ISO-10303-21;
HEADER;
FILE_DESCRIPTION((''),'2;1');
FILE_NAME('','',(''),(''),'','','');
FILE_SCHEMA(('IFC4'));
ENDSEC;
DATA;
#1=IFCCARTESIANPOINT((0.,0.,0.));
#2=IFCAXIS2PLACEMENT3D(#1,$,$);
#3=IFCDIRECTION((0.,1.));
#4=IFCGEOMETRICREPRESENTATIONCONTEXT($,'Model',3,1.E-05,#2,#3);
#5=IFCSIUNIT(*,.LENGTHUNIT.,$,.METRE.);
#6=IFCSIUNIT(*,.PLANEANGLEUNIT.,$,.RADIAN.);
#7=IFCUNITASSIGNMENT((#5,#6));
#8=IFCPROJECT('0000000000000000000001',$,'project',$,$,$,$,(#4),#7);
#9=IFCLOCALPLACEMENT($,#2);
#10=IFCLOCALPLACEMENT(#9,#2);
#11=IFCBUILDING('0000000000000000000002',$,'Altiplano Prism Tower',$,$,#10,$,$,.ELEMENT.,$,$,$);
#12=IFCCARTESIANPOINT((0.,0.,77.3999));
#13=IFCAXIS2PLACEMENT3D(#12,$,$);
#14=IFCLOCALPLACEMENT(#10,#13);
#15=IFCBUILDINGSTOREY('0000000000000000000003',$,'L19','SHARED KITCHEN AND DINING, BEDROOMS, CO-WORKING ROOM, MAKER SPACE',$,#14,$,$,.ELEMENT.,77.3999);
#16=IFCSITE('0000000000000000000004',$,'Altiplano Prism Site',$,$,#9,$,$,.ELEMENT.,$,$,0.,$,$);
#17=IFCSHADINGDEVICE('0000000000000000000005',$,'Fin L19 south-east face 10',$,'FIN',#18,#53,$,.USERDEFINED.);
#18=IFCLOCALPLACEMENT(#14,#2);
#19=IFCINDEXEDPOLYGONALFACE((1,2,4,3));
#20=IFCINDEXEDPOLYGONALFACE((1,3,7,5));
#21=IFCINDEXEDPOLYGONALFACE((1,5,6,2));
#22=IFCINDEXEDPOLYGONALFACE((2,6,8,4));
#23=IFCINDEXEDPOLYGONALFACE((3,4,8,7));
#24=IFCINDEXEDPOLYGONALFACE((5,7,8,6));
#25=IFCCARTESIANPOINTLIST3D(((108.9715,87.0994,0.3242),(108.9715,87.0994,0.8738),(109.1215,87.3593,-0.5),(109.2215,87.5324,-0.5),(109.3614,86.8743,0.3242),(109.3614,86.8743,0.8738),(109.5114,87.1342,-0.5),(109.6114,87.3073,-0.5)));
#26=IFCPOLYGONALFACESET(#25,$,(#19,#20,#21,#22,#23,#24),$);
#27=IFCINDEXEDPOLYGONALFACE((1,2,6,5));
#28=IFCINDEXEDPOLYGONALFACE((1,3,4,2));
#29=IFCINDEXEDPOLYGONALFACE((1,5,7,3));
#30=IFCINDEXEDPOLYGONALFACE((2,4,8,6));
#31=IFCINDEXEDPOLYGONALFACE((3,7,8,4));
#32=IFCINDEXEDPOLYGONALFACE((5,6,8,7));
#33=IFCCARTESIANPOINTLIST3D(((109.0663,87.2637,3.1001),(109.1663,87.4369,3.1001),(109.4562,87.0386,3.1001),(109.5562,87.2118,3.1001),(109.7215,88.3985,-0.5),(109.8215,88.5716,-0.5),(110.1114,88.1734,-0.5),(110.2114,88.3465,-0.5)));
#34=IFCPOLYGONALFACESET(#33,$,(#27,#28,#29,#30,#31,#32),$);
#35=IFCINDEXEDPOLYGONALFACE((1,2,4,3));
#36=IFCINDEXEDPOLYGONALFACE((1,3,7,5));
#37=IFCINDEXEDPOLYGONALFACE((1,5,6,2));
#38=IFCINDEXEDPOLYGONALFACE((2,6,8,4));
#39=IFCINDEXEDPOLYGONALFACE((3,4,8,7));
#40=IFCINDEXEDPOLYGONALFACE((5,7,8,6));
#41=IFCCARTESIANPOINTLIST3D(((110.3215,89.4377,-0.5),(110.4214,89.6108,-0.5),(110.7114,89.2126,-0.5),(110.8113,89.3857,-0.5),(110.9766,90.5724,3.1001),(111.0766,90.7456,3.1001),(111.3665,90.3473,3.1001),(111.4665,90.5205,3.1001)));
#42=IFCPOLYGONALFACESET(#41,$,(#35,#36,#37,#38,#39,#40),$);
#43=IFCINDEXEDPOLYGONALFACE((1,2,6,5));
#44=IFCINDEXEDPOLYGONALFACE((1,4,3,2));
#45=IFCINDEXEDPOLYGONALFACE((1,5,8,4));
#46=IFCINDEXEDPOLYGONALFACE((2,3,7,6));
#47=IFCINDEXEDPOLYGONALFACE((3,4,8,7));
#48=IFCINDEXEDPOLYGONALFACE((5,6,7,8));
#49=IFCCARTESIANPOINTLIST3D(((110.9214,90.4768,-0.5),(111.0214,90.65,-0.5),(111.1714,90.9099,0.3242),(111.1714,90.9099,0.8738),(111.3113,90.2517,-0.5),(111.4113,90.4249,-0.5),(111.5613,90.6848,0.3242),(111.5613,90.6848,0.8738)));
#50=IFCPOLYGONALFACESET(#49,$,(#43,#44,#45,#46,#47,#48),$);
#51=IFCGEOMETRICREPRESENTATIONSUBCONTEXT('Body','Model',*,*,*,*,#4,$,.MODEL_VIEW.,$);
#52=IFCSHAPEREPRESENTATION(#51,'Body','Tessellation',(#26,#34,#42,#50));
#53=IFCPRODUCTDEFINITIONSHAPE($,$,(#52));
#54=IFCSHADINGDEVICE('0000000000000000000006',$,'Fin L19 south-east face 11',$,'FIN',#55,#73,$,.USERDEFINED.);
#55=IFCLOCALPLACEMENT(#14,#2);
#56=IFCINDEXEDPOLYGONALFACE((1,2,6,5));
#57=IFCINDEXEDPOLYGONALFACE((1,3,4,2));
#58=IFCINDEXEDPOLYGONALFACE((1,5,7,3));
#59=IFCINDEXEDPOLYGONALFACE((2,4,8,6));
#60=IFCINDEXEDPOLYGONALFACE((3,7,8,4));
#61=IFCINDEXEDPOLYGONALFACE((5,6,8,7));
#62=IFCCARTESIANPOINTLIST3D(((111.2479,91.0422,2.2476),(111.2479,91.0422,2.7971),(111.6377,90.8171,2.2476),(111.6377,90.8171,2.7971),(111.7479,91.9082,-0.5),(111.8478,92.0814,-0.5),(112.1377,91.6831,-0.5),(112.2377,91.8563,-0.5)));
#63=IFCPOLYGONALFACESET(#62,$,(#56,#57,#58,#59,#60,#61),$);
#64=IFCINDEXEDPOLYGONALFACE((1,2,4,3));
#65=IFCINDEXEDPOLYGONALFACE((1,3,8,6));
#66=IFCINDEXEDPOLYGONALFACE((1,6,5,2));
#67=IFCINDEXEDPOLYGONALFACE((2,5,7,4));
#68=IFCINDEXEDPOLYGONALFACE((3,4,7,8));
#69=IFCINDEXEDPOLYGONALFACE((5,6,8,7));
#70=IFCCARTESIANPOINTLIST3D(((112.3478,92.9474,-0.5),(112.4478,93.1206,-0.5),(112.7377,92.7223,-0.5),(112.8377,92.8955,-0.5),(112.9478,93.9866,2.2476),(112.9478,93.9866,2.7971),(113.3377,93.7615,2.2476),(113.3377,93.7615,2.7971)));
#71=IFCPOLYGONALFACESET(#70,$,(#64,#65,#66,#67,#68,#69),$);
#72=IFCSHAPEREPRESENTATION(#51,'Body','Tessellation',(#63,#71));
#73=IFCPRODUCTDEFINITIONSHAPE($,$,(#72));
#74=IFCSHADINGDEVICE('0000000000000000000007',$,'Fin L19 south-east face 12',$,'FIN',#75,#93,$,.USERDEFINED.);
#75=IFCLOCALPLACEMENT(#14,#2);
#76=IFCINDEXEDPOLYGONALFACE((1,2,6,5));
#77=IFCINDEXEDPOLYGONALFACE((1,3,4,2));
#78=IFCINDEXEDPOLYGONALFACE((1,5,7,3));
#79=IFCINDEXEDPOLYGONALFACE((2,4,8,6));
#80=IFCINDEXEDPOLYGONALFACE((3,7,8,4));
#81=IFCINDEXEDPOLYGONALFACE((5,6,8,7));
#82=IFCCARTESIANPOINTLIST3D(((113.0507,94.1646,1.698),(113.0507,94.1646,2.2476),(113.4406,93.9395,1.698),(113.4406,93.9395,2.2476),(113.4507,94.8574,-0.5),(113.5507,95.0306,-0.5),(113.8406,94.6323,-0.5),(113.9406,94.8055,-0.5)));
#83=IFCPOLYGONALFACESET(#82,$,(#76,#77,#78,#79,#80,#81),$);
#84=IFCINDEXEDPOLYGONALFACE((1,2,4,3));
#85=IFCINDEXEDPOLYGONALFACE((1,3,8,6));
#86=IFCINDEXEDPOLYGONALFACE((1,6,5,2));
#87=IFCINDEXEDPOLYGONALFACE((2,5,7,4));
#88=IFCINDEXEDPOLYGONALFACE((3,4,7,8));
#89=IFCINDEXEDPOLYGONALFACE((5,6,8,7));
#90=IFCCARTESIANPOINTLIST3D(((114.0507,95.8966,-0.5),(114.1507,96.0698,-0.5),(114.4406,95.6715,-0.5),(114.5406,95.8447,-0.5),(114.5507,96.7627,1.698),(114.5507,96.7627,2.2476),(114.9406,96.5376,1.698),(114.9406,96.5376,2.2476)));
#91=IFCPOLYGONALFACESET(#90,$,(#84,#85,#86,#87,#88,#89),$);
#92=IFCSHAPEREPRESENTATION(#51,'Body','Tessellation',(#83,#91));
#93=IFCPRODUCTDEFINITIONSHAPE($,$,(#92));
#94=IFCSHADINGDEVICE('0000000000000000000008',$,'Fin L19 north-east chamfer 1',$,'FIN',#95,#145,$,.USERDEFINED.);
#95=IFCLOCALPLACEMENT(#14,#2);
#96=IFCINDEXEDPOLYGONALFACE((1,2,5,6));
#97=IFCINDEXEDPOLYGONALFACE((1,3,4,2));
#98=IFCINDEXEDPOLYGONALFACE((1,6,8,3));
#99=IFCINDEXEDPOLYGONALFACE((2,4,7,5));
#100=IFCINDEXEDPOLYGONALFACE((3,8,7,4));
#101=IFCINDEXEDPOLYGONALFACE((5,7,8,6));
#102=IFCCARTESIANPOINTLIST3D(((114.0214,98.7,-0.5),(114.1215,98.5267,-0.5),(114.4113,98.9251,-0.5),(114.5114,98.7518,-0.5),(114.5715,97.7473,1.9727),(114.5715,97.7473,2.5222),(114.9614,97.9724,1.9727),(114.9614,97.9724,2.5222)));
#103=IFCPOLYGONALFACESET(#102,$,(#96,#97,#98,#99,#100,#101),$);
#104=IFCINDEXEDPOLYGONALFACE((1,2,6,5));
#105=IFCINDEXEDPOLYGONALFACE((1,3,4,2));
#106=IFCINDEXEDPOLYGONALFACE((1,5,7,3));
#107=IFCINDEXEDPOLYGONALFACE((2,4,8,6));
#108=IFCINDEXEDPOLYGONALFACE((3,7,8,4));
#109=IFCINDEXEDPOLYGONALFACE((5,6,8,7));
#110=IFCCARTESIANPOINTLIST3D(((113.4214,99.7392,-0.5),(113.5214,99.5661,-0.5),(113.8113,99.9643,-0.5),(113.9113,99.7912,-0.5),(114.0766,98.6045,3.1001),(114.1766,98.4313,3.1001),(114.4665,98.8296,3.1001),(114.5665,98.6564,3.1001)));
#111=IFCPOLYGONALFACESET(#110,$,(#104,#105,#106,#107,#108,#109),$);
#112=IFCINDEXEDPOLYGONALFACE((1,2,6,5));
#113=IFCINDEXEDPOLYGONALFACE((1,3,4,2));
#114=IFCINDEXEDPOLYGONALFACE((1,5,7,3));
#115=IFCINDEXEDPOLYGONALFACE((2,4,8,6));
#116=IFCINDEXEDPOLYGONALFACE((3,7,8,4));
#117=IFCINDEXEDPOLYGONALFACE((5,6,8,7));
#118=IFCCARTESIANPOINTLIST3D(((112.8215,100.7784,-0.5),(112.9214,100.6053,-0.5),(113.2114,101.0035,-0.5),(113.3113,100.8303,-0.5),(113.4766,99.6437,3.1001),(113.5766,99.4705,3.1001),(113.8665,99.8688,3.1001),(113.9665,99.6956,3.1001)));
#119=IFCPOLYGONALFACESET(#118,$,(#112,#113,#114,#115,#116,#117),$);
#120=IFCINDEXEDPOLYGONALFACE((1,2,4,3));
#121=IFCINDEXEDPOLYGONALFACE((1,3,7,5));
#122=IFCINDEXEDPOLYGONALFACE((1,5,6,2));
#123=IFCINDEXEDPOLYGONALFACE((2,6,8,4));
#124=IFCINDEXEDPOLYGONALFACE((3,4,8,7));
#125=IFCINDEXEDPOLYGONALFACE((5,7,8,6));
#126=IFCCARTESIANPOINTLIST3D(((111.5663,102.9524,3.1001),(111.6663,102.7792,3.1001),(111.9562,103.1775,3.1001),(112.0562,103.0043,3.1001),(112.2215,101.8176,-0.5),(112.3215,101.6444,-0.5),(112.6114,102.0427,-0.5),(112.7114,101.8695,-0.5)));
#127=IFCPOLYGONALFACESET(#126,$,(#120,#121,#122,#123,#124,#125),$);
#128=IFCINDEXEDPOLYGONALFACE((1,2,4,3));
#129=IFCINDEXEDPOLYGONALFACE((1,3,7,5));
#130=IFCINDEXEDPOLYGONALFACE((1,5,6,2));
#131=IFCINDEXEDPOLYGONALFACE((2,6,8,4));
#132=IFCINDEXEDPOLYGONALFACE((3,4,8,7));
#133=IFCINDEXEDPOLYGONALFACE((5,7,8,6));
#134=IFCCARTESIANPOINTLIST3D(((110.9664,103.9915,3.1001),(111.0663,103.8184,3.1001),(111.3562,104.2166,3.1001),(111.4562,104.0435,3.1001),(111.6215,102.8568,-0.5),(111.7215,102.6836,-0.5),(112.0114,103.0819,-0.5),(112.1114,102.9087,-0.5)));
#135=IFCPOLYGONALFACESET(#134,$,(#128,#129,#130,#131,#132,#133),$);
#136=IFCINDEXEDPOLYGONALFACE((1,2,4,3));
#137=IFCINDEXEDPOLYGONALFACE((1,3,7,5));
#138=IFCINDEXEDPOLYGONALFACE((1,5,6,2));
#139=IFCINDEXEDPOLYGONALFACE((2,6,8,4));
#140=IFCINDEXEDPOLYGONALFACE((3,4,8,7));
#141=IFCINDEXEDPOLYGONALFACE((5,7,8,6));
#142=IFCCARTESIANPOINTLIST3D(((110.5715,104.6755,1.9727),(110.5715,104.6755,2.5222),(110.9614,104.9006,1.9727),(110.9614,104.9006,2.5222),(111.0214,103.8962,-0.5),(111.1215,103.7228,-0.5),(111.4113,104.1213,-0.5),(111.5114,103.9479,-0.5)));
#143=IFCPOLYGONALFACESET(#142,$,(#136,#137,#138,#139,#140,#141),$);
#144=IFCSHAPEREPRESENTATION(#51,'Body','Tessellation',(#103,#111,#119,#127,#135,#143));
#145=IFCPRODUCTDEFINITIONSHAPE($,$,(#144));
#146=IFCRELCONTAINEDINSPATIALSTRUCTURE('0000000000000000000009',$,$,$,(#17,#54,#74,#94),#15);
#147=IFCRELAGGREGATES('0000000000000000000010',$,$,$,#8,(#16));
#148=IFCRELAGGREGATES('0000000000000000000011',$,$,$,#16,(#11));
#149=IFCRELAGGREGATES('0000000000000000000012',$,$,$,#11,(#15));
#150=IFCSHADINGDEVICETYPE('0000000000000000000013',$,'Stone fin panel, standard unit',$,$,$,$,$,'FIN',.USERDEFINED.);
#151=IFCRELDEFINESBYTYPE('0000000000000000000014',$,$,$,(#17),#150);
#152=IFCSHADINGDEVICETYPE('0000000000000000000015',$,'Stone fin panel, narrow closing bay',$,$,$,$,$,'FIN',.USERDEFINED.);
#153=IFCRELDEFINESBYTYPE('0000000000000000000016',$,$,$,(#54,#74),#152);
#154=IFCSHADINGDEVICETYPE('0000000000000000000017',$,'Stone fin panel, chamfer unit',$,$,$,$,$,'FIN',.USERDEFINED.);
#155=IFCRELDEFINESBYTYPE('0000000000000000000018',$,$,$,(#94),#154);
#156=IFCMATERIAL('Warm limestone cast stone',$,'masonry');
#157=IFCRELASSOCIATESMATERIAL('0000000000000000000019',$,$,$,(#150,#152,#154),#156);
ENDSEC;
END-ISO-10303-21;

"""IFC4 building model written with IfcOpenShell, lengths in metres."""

from ifc_helpers import new_model, si_unit, direction, frame, origin, place, context, subcontext, project, spatial, polyline, outline, extrude, source, transform, mapped, material, type_object, element, save


model = new_model("IFC4")

# Units and contexts
model_context = context("Model", 3, precision=1e-05, world=origin(), true_north=direction((0.0, 1.0)))
body_context = subcontext(model_context, "Body", "Model", "MODEL_VIEW")
ifc_project = project(units=[si_unit("LENGTHUNIT", "METRE"), si_unit("PLANEANGLEUNIT", "RADIAN")], contexts=[model_context])

# Site, building, storey
site_placement = place(None, origin())
site = spatial("IfcSite", under=ifc_project, at=site_placement, Name="Altiplano Prism Site", CompositionType="ELEMENT", RefElevation=0.0)
building_placement = place(site_placement, origin())
building = spatial("IfcBuilding", under=site, at=building_placement, Name="Altiplano Prism Tower", CompositionType="ELEMENT")
storey_placement = place(building_placement, frame((0.0, 0.0, 77.3999)))
storey = spatial("IfcBuildingStorey", under=building, at=storey_placement, Name="L19", Description="SHARED KITCHEN AND DINING, BEDROOMS, CO-WORKING ROOM, MAKER SPACE", CompositionType="ELEMENT", Elevation=77.3999)

# Shading devices
ifc_material_1 = material(Name="Warm limestone cast stone", Category="masonry")
shading_device_type_1 = type_object("IfcShadingDeviceType", Name="Stone fin panel, standard unit", ElementType="FIN", PredefinedType="USERDEFINED", material=ifc_material_1)
shared_shape_1 = source(origin(), body_context, "Body", "SweptSolid", [
    extrude(outline(polyline([(-2.2, 1.3738), (-2.2, 0.8242), (-1.8999, 0.0), (-1.7, 0.0), (-2.2, 1.3738)])), frame((0.0, -0.1499, 0.0), z_axis=(0.0, -1.0, 0.0), x_axis=(1.0, 0.0, 0.0)), (0.0, 0.0, 1.0), 0.4502),
    extrude(outline(polyline([(-2.0103, 3.6001), (-0.7, 0.0), (-0.5, 0.0), (-1.8103, 3.6001), (-2.0103, 3.6001)])), frame((0.0, -0.1499, 0.0), z_axis=(0.0, -1.0, 0.0), x_axis=(1.0, 0.0, 0.0)), (0.0, 0.0, 1.0), 0.4502),
    extrude(outline(polyline([(1.8103, 3.6001), (0.5, 0.0), (0.7, 0.0), (2.0103, 3.6001), (1.8103, 3.6001)])), frame((0.0, -0.1499, 0.0), z_axis=(0.0, -1.0, 0.0), x_axis=(1.0, 0.0, 0.0)), (0.0, 0.0, 1.0), 0.4502),
    extrude(outline(polyline([(2.2, 0.8242), (2.2, 1.3738), (1.7, 0.0), (1.8999, 0.0), (2.2, 0.8242)])), frame((0.0, -0.1499, 0.0), z_axis=(0.0, -1.0, 0.0), x_axis=(1.0, 0.0, 0.0)), (0.0, 0.0, 1.0), 0.4502),
])
shading_device_1_placement = place(storey_placement, origin())
element("IfcShadingDevice", 1, at=shading_device_1_placement, inside=storey, type_object=shading_device_type_1, Name="Fin L19 south-east face 10", ObjectType="FIN", PredefinedType="USERDEFINED", context=body_context, shape_type="MappedRepresentation", body=[
    mapped(shared_shape_1, transform((109.9417, 89.0796, -0.5), x_axis=(0.5, 0.866025, 0.0), y_axis=(-0.866025, 0.5, 0.0), z_axis=(0.0, 0.0, 1.0))),
])
shading_device_type_2 = type_object("IfcShadingDeviceType", Name="Stone fin panel, narrow closing bay", ElementType="FIN", PredefinedType="USERDEFINED", material=ifc_material_1)
shared_shape_2 = source(origin(), body_context, "Body", "SweptSolid", [
    extrude(outline(polyline([(-1.7, 3.2971), (-1.7, 2.7476), (-0.7, 0.0), (-0.5, 0.0), (-1.7, 3.2971)])), frame((0.0, -0.1499, 0.0), z_axis=(0.0, -1.0, 0.0), x_axis=(1.0, 0.0, 0.0)), (0.0, 0.0, 1.0), 0.4502),
    extrude(outline(polyline([(1.7, 2.7476), (1.7, 3.2971), (0.5, 0.0), (0.7, 0.0), (1.7, 2.7476)])), frame((0.0, -0.1499, 0.0), z_axis=(0.0, -1.0, 0.0), x_axis=(1.0, 0.0, 0.0)), (0.0, 0.0, 1.0), 0.4502),
])
shading_device_2_placement = place(storey_placement, origin())
element("IfcShadingDevice", 2, at=shading_device_2_placement, inside=storey, type_object=shading_device_type_2, Name="Fin L19 south-east face 11", ObjectType="FIN", PredefinedType="USERDEFINED", context=body_context, shape_type="MappedRepresentation", body=[
    mapped(shared_shape_2, transform((111.968, 92.5894, -0.5), x_axis=(0.5, 0.866025, 0.0), y_axis=(-0.866025, 0.5, 0.0), z_axis=(0.0, 0.0, 1.0))),
])
shared_shape_3 = source(origin(), body_context, "Body", "SweptSolid", [
    extrude(outline(polyline([(-1.5, 2.7476), (-1.5, 2.198), (-0.7, 0.0), (-0.5, 0.0), (-1.5, 2.7476)])), frame((0.0, -0.1499, 0.0), z_axis=(0.0, -1.0, 0.0), x_axis=(1.0, 0.0, 0.0)), (0.0, 0.0, 1.0), 0.4502),
    extrude(outline(polyline([(1.5, 2.198), (1.5, 2.7476), (0.5, 0.0), (0.7, 0.0), (1.5, 2.198)])), frame((0.0, -0.1499, 0.0), z_axis=(0.0, -1.0, 0.0), x_axis=(1.0, 0.0, 0.0)), (0.0, 0.0, 1.0), 0.4502),
])
shading_device_3_placement = place(storey_placement, origin())
element("IfcShadingDevice", 3, at=shading_device_3_placement, inside=storey, type_object=shading_device_type_2, Name="Fin L19 south-east face 12", ObjectType="FIN", PredefinedType="USERDEFINED", context=body_context, shape_type="MappedRepresentation", body=[
    mapped(shared_shape_3, transform((113.6709, 95.5386, -0.5), x_axis=(0.5, 0.866025, 0.0), y_axis=(-0.866025, 0.5, 0.0), z_axis=(0.0, 0.0, 1.0))),
])
shading_device_type_3 = type_object("IfcShadingDeviceType", Name="Stone fin panel, chamfer unit", ElementType="FIN", PredefinedType="USERDEFINED", material=ifc_material_1)
shared_shape_4 = source(origin(), body_context, "Body", "SweptSolid", [
    extrude(outline(polyline([(-4.0, 3.0222), (-4.0, 2.4727), (-3.1001, 0.0), (-2.8999, 0.0), (-4.0, 3.0222)])), frame((0.0, -0.1499, 0.0), z_axis=(0.0, -1.0, 0.0), x_axis=(1.0, 0.0, 0.0)), (0.0, 0.0, 1.0), 0.4502),
    extrude(outline(polyline([(-3.2102, 3.6001), (-1.8999, 0.0), (-1.7, 0.0), (-3.0103, 3.6001), (-3.2102, 3.6001)])), frame((0.0, -0.1499, 0.0), z_axis=(0.0, -1.0, 0.0), x_axis=(1.0, 0.0, 0.0)), (0.0, 0.0, 1.0), 0.4502),
    extrude(outline(polyline([(-2.0103, 3.6001), (-0.7, 0.0), (-0.5, 0.0), (-1.8103, 3.6001), (-2.0103, 3.6001)])), frame((0.0, -0.1499, 0.0), z_axis=(0.0, -1.0, 0.0), x_axis=(1.0, 0.0, 0.0)), (0.0, 0.0, 1.0), 0.4502),
    extrude(outline(polyline([(1.8103, 3.6001), (0.5, 0.0), (0.7, 0.0), (2.0103, 3.6001), (1.8103, 3.6001)])), frame((0.0, -0.1499, 0.0), z_axis=(0.0, -1.0, 0.0), x_axis=(1.0, 0.0, 0.0)), (0.0, 0.0, 1.0), 0.4502),
    extrude(outline(polyline([(3.0103, 3.6001), (1.7, 0.0), (1.8999, 0.0), (3.2102, 3.6001), (3.0103, 3.6001)])), frame((0.0, -0.1499, 0.0), z_axis=(0.0, -1.0, 0.0), x_axis=(1.0, 0.0, 0.0)), (0.0, 0.0, 1.0), 0.4502),
    extrude(outline(polyline([(4.0, 2.4727), (4.0, 3.0222), (2.8999, 0.0), (3.1001, 0.0), (4.0, 2.4727)])), frame((0.0, -0.1499, 0.0), z_axis=(0.0, -1.0, 0.0), x_axis=(1.0, 0.0, 0.0)), (0.0, 0.0, 1.0), 0.4502),
])
shading_device_4_placement = place(storey_placement, origin())
element("IfcShadingDevice", 4, at=shading_device_4_placement, inside=storey, type_object=shading_device_type_3, Name="Fin L19 north-east chamfer 1", ObjectType="FIN", PredefinedType="USERDEFINED", context=body_context, shape_type="MappedRepresentation", body=[
    mapped(shared_shape_4, transform((112.4417, 101.1365, -0.5), x_axis=(-0.5, 0.866025, 0.0), y_axis=(-0.866025, -0.5, 0.0), z_axis=(0.0, 0.0, 1.0))),
])

save(model, "model.ifc")
